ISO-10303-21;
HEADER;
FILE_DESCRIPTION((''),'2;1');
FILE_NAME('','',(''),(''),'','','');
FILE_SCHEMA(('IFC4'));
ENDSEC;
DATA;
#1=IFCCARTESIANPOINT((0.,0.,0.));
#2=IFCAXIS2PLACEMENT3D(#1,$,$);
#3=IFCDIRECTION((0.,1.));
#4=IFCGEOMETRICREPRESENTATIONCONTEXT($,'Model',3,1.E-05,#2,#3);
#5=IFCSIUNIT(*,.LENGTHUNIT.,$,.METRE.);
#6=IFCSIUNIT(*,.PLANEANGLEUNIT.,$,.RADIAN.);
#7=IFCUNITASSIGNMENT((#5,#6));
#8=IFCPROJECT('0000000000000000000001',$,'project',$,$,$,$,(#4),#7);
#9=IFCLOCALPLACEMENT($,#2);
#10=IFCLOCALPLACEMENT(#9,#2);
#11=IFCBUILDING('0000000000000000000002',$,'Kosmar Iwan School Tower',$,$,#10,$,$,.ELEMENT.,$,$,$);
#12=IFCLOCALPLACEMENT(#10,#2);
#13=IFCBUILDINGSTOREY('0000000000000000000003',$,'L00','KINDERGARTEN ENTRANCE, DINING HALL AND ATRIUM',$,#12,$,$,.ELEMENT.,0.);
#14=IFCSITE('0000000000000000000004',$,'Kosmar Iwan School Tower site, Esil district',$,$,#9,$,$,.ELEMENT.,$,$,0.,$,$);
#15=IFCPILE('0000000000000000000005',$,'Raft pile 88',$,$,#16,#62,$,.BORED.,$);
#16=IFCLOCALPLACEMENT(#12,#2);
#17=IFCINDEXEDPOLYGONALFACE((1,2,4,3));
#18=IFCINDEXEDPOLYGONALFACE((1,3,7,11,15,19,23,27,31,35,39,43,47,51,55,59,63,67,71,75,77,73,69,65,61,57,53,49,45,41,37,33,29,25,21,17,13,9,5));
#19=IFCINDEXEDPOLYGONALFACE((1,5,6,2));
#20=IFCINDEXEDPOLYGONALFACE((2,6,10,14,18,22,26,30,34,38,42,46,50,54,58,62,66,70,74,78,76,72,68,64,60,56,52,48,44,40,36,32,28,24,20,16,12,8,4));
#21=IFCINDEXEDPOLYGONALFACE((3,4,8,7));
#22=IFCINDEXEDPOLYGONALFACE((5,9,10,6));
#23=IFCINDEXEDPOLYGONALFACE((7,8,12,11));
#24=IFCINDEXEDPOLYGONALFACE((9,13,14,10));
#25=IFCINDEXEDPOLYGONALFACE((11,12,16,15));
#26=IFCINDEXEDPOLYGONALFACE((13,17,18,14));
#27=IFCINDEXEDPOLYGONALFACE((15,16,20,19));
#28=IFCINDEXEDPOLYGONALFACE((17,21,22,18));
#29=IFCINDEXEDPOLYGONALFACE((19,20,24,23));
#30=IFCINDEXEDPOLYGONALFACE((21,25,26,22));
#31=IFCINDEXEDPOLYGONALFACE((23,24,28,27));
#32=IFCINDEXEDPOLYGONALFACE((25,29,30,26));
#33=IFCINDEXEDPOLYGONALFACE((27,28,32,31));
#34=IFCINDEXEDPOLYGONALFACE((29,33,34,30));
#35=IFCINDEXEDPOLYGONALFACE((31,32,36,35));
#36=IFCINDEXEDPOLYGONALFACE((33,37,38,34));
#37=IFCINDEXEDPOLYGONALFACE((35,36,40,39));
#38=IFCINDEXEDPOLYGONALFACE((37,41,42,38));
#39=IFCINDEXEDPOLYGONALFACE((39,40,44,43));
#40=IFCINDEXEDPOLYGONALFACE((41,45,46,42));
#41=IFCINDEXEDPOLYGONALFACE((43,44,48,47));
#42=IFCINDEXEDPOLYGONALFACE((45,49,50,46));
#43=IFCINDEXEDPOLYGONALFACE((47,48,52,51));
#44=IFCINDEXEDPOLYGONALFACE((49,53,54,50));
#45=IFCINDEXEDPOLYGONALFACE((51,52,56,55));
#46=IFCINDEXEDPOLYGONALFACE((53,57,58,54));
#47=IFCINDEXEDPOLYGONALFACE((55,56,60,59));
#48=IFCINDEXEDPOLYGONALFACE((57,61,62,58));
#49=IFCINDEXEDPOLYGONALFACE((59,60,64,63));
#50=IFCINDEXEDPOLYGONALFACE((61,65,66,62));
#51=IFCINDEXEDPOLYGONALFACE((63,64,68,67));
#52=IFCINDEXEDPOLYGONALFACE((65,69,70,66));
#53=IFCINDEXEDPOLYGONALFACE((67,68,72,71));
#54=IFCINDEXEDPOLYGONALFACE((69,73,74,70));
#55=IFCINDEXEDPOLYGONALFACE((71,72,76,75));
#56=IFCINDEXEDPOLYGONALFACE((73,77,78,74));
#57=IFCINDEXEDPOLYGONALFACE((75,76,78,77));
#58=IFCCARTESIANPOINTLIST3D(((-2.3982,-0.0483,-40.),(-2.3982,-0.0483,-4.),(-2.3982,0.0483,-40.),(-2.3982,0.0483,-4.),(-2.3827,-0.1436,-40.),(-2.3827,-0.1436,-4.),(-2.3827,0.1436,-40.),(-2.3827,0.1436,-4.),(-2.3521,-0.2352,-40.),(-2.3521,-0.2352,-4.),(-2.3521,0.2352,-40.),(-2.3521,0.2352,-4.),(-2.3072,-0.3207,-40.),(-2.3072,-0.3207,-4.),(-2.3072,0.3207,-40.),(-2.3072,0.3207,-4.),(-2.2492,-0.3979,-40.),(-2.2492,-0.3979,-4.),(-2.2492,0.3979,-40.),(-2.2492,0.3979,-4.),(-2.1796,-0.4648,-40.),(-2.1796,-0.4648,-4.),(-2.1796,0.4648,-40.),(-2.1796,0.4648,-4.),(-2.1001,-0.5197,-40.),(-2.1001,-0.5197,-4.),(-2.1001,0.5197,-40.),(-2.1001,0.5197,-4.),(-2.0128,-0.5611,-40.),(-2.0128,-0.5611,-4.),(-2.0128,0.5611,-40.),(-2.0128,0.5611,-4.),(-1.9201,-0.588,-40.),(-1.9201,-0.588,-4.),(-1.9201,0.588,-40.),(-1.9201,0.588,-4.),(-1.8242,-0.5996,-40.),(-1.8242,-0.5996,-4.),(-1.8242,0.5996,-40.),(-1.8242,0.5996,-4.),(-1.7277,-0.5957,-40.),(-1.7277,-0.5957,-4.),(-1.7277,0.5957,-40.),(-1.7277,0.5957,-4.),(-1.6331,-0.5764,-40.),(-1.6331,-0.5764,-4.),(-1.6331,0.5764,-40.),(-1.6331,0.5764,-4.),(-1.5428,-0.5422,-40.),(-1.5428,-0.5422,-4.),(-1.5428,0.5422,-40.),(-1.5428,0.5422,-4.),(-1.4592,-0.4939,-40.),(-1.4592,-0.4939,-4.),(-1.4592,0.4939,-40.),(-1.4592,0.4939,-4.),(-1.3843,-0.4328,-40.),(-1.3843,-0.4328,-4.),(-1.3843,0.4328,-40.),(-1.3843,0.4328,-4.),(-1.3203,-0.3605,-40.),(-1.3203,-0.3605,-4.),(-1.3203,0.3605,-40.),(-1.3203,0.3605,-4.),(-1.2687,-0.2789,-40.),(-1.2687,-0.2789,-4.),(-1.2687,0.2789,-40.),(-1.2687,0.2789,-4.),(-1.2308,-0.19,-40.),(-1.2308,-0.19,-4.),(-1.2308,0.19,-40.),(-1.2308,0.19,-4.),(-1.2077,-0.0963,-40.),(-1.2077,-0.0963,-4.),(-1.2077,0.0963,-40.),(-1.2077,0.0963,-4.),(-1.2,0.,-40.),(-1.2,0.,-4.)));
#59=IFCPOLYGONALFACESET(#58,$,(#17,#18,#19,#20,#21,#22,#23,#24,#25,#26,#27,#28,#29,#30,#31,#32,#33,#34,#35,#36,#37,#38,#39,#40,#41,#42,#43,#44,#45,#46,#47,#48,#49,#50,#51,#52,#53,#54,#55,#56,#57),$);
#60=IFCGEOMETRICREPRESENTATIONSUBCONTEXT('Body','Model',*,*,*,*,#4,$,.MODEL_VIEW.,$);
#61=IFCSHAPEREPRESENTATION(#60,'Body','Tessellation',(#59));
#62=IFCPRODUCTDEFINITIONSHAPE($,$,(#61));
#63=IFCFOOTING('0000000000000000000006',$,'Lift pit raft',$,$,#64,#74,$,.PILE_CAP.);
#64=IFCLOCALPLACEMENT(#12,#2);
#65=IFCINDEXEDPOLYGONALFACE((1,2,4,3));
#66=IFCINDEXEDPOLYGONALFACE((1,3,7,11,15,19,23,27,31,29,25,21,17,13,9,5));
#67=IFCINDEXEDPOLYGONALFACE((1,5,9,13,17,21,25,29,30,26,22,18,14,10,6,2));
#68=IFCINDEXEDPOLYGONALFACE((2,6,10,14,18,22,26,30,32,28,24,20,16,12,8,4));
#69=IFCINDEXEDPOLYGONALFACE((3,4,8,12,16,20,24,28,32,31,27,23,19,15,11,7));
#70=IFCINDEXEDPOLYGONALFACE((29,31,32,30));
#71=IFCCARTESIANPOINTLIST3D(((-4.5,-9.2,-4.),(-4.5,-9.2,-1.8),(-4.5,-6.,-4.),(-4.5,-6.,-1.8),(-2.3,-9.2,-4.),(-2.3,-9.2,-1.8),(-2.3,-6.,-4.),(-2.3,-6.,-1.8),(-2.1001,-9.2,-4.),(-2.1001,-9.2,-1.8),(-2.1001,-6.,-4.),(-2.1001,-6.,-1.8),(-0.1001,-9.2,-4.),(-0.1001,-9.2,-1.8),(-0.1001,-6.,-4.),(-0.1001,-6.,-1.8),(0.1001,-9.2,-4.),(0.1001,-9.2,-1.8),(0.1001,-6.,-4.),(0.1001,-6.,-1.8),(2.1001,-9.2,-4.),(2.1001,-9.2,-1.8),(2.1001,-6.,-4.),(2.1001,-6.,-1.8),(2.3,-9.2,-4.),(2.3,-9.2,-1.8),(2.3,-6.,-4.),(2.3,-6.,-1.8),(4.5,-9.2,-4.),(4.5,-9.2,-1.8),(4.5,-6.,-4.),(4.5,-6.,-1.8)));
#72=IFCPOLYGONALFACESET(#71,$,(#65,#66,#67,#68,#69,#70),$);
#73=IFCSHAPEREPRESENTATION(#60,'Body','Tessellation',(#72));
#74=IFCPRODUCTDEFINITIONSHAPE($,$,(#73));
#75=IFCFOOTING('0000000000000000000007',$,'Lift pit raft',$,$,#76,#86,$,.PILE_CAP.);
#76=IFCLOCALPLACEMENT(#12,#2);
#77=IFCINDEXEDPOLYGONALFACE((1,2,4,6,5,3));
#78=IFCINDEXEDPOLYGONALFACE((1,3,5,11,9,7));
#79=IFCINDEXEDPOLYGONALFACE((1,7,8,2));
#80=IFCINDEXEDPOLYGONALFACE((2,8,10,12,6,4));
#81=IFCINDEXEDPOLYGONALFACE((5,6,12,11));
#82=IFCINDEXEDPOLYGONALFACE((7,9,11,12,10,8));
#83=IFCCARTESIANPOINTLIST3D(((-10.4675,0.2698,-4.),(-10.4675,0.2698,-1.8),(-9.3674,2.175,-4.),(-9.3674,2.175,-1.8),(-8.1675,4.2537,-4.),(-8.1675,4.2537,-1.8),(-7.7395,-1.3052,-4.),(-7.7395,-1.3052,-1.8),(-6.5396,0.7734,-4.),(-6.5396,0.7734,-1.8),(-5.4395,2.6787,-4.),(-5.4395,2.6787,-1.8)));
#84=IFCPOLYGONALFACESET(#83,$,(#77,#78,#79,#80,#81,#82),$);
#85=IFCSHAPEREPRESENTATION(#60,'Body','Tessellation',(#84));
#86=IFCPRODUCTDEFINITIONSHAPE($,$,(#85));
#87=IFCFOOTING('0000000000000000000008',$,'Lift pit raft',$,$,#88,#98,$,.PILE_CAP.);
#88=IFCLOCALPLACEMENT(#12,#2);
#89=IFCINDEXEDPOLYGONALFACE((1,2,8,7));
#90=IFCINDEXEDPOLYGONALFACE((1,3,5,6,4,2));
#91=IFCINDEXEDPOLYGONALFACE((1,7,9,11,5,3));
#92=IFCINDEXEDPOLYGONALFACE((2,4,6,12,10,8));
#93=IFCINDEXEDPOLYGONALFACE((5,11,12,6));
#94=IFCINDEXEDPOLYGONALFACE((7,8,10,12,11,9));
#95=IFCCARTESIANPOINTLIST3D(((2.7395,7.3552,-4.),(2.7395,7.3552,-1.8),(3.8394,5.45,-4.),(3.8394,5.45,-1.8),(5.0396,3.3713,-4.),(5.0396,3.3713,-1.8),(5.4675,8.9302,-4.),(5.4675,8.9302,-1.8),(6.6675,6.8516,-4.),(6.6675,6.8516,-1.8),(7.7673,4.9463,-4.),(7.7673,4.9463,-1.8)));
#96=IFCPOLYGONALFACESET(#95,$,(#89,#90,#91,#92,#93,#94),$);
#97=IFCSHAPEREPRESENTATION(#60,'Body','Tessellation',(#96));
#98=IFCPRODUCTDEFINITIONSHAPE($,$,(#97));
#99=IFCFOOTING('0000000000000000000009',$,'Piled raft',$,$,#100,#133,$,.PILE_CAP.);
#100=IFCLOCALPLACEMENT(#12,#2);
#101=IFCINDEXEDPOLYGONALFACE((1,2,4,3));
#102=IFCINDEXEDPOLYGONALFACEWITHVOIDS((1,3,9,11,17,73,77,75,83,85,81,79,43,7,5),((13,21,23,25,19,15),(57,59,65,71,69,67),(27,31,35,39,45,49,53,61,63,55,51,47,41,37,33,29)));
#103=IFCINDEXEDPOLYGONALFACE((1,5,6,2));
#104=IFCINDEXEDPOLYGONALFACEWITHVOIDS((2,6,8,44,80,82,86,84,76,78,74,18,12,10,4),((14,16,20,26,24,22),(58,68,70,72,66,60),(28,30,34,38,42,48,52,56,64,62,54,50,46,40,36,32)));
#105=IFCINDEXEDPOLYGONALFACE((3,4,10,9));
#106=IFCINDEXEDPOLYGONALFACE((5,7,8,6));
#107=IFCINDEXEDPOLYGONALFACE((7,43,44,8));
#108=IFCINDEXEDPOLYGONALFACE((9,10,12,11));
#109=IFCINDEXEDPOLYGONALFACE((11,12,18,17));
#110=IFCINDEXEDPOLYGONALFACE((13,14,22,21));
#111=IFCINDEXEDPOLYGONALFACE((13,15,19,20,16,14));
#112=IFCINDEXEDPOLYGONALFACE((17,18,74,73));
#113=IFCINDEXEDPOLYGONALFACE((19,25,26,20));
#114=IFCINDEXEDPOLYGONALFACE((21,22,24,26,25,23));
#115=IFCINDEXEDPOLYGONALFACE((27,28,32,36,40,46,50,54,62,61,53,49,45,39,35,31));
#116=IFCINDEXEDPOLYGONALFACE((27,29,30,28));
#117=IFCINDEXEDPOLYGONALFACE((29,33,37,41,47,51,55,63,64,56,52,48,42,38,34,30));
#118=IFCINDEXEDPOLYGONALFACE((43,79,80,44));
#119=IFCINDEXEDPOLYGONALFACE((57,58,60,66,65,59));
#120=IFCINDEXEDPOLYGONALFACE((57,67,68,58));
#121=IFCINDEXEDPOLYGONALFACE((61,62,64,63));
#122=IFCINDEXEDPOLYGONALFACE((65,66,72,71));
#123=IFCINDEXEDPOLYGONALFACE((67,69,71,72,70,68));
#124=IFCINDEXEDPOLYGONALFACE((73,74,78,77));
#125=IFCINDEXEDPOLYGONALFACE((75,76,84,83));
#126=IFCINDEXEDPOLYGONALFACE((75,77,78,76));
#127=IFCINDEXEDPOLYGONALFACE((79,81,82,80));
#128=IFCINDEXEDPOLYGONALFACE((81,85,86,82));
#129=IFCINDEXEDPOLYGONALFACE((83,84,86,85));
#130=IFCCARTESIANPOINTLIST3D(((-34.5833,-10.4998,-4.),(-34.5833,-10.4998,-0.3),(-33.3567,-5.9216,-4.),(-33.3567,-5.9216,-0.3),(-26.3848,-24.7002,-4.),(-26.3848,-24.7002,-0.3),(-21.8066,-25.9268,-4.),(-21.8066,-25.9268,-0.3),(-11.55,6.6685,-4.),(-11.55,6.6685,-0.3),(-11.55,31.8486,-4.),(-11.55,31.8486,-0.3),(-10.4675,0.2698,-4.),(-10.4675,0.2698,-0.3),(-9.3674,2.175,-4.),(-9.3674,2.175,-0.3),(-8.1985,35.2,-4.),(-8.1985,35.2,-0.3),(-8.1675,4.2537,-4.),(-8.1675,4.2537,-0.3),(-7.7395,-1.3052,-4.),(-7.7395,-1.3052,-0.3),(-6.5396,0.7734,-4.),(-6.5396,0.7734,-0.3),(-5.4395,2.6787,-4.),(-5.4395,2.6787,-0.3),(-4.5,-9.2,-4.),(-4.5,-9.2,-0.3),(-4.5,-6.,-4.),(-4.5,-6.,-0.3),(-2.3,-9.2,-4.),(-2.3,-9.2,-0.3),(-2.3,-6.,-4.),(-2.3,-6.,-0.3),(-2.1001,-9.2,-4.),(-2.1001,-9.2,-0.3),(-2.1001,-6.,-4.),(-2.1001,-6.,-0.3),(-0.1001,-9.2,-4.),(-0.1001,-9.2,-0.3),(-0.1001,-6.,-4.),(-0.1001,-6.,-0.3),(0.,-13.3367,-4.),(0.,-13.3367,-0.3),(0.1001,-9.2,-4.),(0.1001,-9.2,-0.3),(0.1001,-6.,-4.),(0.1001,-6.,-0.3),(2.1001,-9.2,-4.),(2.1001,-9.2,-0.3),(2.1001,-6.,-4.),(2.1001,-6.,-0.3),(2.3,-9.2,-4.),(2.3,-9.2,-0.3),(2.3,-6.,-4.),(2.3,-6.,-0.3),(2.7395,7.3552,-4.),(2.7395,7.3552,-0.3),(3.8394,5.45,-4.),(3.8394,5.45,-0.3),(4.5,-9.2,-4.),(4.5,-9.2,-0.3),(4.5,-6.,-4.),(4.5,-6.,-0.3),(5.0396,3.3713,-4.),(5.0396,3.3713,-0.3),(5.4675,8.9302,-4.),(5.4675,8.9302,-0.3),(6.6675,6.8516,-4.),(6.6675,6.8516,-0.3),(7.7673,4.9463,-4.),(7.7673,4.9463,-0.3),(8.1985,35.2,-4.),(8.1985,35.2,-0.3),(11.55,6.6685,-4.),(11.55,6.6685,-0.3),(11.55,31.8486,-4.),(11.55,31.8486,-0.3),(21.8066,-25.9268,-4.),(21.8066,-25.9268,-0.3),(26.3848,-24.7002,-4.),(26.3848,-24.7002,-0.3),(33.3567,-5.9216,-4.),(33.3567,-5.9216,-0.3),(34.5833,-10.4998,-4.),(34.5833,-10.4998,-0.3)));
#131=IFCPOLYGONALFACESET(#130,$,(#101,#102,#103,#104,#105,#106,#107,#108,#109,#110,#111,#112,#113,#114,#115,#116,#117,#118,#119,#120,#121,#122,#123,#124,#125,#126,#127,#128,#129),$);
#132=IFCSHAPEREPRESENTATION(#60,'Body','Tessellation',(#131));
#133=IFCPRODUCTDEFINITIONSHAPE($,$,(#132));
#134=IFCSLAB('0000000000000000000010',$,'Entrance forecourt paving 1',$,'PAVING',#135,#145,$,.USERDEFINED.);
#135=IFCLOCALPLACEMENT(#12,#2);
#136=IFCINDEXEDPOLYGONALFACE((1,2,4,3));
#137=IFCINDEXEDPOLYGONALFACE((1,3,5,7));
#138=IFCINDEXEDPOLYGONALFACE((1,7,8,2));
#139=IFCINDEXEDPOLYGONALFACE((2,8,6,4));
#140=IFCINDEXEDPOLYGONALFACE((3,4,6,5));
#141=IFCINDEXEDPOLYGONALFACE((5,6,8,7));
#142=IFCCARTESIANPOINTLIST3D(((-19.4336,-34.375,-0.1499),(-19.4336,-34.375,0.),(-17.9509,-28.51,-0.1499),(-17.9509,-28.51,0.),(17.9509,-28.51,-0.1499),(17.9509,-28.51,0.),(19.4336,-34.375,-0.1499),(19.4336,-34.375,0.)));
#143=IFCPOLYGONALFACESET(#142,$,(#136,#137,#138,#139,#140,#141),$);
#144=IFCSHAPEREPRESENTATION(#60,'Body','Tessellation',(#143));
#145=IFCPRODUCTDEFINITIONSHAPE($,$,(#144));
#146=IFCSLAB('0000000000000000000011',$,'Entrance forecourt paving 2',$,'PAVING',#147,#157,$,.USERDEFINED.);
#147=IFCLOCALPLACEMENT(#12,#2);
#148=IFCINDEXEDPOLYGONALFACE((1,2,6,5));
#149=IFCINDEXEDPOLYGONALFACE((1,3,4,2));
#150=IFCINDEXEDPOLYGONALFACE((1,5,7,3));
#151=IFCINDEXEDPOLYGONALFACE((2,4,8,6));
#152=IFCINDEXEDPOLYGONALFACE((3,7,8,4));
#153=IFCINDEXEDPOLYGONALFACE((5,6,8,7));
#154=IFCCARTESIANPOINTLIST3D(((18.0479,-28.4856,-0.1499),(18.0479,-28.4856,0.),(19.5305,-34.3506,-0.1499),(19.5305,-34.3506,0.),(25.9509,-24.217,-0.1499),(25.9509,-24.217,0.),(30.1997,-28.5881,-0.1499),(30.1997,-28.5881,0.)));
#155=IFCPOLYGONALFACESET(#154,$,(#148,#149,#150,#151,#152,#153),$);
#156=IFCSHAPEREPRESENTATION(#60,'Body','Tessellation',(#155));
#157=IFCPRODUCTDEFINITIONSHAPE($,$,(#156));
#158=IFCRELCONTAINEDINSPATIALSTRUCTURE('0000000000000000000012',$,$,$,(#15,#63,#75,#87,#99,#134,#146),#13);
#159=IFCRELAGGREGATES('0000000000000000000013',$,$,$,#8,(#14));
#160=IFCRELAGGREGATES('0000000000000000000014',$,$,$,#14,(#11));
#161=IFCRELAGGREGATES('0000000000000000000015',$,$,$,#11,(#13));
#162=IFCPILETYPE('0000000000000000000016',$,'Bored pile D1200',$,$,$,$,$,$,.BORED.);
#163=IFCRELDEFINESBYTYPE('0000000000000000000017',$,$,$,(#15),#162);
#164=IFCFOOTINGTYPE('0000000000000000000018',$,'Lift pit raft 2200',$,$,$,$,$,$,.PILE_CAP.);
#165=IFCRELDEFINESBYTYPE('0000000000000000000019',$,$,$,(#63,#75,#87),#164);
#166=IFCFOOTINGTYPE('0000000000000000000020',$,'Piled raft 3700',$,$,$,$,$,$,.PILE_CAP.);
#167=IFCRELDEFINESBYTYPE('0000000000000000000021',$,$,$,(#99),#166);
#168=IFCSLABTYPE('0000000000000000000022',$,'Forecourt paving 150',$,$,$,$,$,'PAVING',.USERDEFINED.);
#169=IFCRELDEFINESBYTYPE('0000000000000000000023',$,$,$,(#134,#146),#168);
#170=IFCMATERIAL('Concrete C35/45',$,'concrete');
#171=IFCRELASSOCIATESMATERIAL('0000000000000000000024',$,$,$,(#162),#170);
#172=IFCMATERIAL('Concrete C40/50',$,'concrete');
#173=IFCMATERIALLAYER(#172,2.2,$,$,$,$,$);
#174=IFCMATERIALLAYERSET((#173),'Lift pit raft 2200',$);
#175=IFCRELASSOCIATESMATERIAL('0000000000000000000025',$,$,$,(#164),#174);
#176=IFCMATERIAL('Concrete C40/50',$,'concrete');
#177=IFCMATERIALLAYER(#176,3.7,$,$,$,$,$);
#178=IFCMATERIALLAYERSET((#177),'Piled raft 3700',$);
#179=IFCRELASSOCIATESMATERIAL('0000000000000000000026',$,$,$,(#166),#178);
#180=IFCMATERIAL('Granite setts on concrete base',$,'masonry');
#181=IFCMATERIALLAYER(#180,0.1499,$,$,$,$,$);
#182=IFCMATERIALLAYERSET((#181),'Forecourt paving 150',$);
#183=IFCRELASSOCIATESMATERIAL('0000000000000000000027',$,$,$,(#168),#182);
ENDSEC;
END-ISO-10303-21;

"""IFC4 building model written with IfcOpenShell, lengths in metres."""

from ifc_helpers import new_model, si_unit, direction, frame, origin, origin_2d, place, context, subcontext, project, spatial, polyline, circle, outline, extrude, material, layer, layer_set, material_profile, profile_set, type_object, element, save


model = new_model("IFC4")

# Units and contexts
model_context = context("Model", 3, precision=1e-05, world=origin(), true_north=direction((0.0, 1.0)))
body_context = subcontext(model_context, "Body", "Model", "MODEL_VIEW")
ifc_project = project(units=[si_unit("LENGTHUNIT", "METRE"), si_unit("PLANEANGLEUNIT", "RADIAN")], contexts=[model_context])

# Site, building, storey
site_placement = place(None, origin())
site = spatial("IfcSite", under=ifc_project, at=site_placement, Name="Kosmar Iwan School Tower site, Esil district", CompositionType="ELEMENT", RefElevation=0.0)
building_placement = place(site_placement, origin())
building = spatial("IfcBuilding", under=site, at=building_placement, Name="Kosmar Iwan School Tower", CompositionType="ELEMENT")
storey_placement = place(building_placement, origin())
storey = spatial("IfcBuildingStorey", under=building, at=storey_placement, Name="L00", Description="KINDERGARTEN ENTRANCE, DINING HALL AND ATRIUM", CompositionType="ELEMENT", Elevation=0.0)

# Pile
ifc_material_1 = material(Name="Concrete C35/45", Category="concrete")
ifc_material_profile = material_profile(ifc_material_1, circle(Radius=0.6001, at=origin_2d()), Name="D1200")
ifc_profile_set = profile_set([ifc_material_profile], Name="Concrete C35/45")
pile_type = type_object("IfcPileType", Name="Bored pile D1200", PredefinedType="BORED", material=ifc_profile_set)
pile_placement = place(storey_placement, frame((-1.8, 0.0, -4.0), z_axis=(0.0, 0.0, -1.0), x_axis=(1.0, 0.0, 0.0)))
element("IfcPile", 1, at=pile_placement, inside=storey, type_object=pile_type, Name="Raft pile 88", PredefinedType="BORED", context=body_context, shape_type="SweptSolid", body=[
    extrude(circle(Radius=0.6001, at=origin_2d()), origin(), (0.0, 0.0, 1.0), 36.0),
])

# Footings
ifc_material_2 = material(Name="Concrete C40/50", Category="concrete")
ifc_layer_1 = layer(ifc_material_2, 2.2)
ifc_layer_set_1 = layer_set([ifc_layer_1], Name="Lift pit raft 2200")
footing_type_1 = type_object("IfcFootingType", Name="Lift pit raft 2200", PredefinedType="PILE_CAP", material=ifc_layer_set_1)
footing_1_placement = place(storey_placement, frame((0.0, 0.0, -4.0)))
element("IfcFooting", 2, at=footing_1_placement, inside=storey, type_object=footing_type_1, Name="Lift pit raft", PredefinedType="PILE_CAP", context=body_context, shape_type="SweptSolid", body=[
    extrude(outline(polyline([(-4.5, -9.2), (-2.3, -9.2), (-2.1001, -9.2), (-0.1001, -9.2), (0.1001, -9.2), (2.1001, -9.2), (2.3, -9.2), (4.5, -9.2), (4.5, -6.0), (2.3, -6.0), (2.1001, -6.0), (0.1001, -6.0), (-0.1001, -6.0), (-2.1001, -6.0), (-2.3, -6.0), (-4.5, -6.0), (-4.5, -9.2)])), origin(), (0.0, 0.0, 1.0), 2.2),
])
footing_2_placement = place(storey_placement, frame((0.0, 0.0, -4.0)))
element("IfcFooting", 3, at=footing_2_placement, inside=storey, type_object=footing_type_1, Name="Lift pit raft", PredefinedType="PILE_CAP", context=body_context, shape_type="SweptSolid", body=[
    extrude(outline(polyline([(-7.7395, -1.3052), (-6.5396, 0.7734), (-6.5396, 0.7734), (-5.4395, 2.6787), (-8.1675, 4.2537), (-9.3674, 2.175), (-9.3674, 2.175), (-10.4675, 0.2698), (-7.7395, -1.3052)])), origin(), (0.0, 0.0, 1.0), 2.2),
])
footing_3_placement = place(storey_placement, frame((0.0, 0.0, -4.0)))
element("IfcFooting", 4, at=footing_3_placement, inside=storey, type_object=footing_type_1, Name="Lift pit raft", PredefinedType="PILE_CAP", context=body_context, shape_type="SweptSolid", body=[
    extrude(outline(polyline([(5.0396, 3.3713), (7.7673, 4.9463), (6.6675, 6.8516), (6.6675, 6.8516), (5.4675, 8.9302), (2.7395, 7.3552), (3.8394, 5.45), (3.8394, 5.45), (5.0396, 3.3713)])), origin(), (0.0, 0.0, 1.0), 2.2),
])
ifc_material_3 = material(Name="Concrete C40/50", Category="concrete")
ifc_layer_2 = layer(ifc_material_3, 3.7)
ifc_layer_set_2 = layer_set([ifc_layer_2], Name="Piled raft 3700")
footing_type_2 = type_object("IfcFootingType", Name="Piled raft 3700", PredefinedType="PILE_CAP", material=ifc_layer_set_2)
footing_4_placement = place(storey_placement, frame((0.0, 0.0, -4.0)))
element("IfcFooting", 5, at=footing_4_placement, inside=storey, type_object=footing_type_2, Name="Piled raft", PredefinedType="PILE_CAP", context=body_context, shape_type="SweptSolid", body=[
    extrude(outline(polyline([(-21.8066, -25.9268), (0.0, -13.3367), (21.8066, -25.9268), (26.3848, -24.7002), (34.5833, -10.4998), (33.3567, -5.9216), (11.55, 6.6685), (11.55, 31.8486), (8.1985, 35.2), (-8.1985, 35.2), (-11.55, 31.8486), (-11.55, 6.6685), (-33.3567, -5.9216), (-34.5833, -10.4998), (-26.3848, -24.7002), (-21.8066, -25.9268)]), holes=[polyline([(-2.3, -6.0), (-2.1001, -6.0), (-0.1001, -6.0), (0.1001, -6.0), (2.1001, -6.0), (2.3, -6.0), (4.5, -6.0), (4.5, -9.2), (2.3, -9.2), (2.1001, -9.2), (0.1001, -9.2), (-0.1001, -9.2), (-2.1001, -9.2), (-2.3, -9.2), (-4.5, -9.2), (-4.5, -6.0), (-2.3, -6.0)]), polyline([(-10.4675, 0.2698), (-9.3674, 2.175), (-9.3674, 2.175), (-8.1675, 4.2537), (-5.4395, 2.6787), (-6.5396, 0.7734), (-6.5396, 0.7734), (-7.7395, -1.3052), (-10.4675, 0.2698)]), polyline([(3.8394, 5.45), (3.8394, 5.45), (2.7395, 7.3552), (5.4675, 8.9302), (6.6675, 6.8516), (6.6675, 6.8516), (7.7673, 4.9463), (5.0396, 3.3713), (3.8394, 5.45)])]), origin(), (0.0, 0.0, 1.0), 3.7),
])

# Slabs
ifc_material_4 = material(Name="Granite setts on concrete base", Category="masonry")
ifc_layer_3 = layer(ifc_material_4, 0.1499)
ifc_layer_set_3 = layer_set([ifc_layer_3], Name="Forecourt paving 150")
slab_type_1 = type_object("IfcSlabType", Name="Forecourt paving 150", ElementType="PAVING", PredefinedType="USERDEFINED", material=ifc_layer_set_3)
slab_1_placement = place(storey_placement, frame((0.0, 0.0, -0.1499)))
element("IfcSlab", 6, at=slab_1_placement, inside=storey, type_object=slab_type_1, Name="Entrance forecourt paving 1", ObjectType="PAVING", PredefinedType="USERDEFINED", context=body_context, shape_type="SweptSolid", body=[
    extrude(outline(polyline([(-17.9509, -28.51), (17.9509, -28.51), (19.4336, -34.375), (-19.4336, -34.375), (-17.9509, -28.51)])), origin(), (0.0, 0.0, 1.0), 0.1499),
])
slab_2_placement = place(storey_placement, frame((0.0, 0.0, -0.1499)))
element("IfcSlab", 7, at=slab_2_placement, inside=storey, type_object=slab_type_1, Name="Entrance forecourt paving 2", ObjectType="PAVING", PredefinedType="USERDEFINED", context=body_context, shape_type="SweptSolid", body=[
    extrude(outline(polyline([(18.0479, -28.4856), (25.9509, -24.217), (30.1997, -28.5881), (19.5305, -34.3506), (18.0479, -28.4856)])), origin(), (0.0, 0.0, 1.0), 0.1499),
])

save(model, "model.ifc")
